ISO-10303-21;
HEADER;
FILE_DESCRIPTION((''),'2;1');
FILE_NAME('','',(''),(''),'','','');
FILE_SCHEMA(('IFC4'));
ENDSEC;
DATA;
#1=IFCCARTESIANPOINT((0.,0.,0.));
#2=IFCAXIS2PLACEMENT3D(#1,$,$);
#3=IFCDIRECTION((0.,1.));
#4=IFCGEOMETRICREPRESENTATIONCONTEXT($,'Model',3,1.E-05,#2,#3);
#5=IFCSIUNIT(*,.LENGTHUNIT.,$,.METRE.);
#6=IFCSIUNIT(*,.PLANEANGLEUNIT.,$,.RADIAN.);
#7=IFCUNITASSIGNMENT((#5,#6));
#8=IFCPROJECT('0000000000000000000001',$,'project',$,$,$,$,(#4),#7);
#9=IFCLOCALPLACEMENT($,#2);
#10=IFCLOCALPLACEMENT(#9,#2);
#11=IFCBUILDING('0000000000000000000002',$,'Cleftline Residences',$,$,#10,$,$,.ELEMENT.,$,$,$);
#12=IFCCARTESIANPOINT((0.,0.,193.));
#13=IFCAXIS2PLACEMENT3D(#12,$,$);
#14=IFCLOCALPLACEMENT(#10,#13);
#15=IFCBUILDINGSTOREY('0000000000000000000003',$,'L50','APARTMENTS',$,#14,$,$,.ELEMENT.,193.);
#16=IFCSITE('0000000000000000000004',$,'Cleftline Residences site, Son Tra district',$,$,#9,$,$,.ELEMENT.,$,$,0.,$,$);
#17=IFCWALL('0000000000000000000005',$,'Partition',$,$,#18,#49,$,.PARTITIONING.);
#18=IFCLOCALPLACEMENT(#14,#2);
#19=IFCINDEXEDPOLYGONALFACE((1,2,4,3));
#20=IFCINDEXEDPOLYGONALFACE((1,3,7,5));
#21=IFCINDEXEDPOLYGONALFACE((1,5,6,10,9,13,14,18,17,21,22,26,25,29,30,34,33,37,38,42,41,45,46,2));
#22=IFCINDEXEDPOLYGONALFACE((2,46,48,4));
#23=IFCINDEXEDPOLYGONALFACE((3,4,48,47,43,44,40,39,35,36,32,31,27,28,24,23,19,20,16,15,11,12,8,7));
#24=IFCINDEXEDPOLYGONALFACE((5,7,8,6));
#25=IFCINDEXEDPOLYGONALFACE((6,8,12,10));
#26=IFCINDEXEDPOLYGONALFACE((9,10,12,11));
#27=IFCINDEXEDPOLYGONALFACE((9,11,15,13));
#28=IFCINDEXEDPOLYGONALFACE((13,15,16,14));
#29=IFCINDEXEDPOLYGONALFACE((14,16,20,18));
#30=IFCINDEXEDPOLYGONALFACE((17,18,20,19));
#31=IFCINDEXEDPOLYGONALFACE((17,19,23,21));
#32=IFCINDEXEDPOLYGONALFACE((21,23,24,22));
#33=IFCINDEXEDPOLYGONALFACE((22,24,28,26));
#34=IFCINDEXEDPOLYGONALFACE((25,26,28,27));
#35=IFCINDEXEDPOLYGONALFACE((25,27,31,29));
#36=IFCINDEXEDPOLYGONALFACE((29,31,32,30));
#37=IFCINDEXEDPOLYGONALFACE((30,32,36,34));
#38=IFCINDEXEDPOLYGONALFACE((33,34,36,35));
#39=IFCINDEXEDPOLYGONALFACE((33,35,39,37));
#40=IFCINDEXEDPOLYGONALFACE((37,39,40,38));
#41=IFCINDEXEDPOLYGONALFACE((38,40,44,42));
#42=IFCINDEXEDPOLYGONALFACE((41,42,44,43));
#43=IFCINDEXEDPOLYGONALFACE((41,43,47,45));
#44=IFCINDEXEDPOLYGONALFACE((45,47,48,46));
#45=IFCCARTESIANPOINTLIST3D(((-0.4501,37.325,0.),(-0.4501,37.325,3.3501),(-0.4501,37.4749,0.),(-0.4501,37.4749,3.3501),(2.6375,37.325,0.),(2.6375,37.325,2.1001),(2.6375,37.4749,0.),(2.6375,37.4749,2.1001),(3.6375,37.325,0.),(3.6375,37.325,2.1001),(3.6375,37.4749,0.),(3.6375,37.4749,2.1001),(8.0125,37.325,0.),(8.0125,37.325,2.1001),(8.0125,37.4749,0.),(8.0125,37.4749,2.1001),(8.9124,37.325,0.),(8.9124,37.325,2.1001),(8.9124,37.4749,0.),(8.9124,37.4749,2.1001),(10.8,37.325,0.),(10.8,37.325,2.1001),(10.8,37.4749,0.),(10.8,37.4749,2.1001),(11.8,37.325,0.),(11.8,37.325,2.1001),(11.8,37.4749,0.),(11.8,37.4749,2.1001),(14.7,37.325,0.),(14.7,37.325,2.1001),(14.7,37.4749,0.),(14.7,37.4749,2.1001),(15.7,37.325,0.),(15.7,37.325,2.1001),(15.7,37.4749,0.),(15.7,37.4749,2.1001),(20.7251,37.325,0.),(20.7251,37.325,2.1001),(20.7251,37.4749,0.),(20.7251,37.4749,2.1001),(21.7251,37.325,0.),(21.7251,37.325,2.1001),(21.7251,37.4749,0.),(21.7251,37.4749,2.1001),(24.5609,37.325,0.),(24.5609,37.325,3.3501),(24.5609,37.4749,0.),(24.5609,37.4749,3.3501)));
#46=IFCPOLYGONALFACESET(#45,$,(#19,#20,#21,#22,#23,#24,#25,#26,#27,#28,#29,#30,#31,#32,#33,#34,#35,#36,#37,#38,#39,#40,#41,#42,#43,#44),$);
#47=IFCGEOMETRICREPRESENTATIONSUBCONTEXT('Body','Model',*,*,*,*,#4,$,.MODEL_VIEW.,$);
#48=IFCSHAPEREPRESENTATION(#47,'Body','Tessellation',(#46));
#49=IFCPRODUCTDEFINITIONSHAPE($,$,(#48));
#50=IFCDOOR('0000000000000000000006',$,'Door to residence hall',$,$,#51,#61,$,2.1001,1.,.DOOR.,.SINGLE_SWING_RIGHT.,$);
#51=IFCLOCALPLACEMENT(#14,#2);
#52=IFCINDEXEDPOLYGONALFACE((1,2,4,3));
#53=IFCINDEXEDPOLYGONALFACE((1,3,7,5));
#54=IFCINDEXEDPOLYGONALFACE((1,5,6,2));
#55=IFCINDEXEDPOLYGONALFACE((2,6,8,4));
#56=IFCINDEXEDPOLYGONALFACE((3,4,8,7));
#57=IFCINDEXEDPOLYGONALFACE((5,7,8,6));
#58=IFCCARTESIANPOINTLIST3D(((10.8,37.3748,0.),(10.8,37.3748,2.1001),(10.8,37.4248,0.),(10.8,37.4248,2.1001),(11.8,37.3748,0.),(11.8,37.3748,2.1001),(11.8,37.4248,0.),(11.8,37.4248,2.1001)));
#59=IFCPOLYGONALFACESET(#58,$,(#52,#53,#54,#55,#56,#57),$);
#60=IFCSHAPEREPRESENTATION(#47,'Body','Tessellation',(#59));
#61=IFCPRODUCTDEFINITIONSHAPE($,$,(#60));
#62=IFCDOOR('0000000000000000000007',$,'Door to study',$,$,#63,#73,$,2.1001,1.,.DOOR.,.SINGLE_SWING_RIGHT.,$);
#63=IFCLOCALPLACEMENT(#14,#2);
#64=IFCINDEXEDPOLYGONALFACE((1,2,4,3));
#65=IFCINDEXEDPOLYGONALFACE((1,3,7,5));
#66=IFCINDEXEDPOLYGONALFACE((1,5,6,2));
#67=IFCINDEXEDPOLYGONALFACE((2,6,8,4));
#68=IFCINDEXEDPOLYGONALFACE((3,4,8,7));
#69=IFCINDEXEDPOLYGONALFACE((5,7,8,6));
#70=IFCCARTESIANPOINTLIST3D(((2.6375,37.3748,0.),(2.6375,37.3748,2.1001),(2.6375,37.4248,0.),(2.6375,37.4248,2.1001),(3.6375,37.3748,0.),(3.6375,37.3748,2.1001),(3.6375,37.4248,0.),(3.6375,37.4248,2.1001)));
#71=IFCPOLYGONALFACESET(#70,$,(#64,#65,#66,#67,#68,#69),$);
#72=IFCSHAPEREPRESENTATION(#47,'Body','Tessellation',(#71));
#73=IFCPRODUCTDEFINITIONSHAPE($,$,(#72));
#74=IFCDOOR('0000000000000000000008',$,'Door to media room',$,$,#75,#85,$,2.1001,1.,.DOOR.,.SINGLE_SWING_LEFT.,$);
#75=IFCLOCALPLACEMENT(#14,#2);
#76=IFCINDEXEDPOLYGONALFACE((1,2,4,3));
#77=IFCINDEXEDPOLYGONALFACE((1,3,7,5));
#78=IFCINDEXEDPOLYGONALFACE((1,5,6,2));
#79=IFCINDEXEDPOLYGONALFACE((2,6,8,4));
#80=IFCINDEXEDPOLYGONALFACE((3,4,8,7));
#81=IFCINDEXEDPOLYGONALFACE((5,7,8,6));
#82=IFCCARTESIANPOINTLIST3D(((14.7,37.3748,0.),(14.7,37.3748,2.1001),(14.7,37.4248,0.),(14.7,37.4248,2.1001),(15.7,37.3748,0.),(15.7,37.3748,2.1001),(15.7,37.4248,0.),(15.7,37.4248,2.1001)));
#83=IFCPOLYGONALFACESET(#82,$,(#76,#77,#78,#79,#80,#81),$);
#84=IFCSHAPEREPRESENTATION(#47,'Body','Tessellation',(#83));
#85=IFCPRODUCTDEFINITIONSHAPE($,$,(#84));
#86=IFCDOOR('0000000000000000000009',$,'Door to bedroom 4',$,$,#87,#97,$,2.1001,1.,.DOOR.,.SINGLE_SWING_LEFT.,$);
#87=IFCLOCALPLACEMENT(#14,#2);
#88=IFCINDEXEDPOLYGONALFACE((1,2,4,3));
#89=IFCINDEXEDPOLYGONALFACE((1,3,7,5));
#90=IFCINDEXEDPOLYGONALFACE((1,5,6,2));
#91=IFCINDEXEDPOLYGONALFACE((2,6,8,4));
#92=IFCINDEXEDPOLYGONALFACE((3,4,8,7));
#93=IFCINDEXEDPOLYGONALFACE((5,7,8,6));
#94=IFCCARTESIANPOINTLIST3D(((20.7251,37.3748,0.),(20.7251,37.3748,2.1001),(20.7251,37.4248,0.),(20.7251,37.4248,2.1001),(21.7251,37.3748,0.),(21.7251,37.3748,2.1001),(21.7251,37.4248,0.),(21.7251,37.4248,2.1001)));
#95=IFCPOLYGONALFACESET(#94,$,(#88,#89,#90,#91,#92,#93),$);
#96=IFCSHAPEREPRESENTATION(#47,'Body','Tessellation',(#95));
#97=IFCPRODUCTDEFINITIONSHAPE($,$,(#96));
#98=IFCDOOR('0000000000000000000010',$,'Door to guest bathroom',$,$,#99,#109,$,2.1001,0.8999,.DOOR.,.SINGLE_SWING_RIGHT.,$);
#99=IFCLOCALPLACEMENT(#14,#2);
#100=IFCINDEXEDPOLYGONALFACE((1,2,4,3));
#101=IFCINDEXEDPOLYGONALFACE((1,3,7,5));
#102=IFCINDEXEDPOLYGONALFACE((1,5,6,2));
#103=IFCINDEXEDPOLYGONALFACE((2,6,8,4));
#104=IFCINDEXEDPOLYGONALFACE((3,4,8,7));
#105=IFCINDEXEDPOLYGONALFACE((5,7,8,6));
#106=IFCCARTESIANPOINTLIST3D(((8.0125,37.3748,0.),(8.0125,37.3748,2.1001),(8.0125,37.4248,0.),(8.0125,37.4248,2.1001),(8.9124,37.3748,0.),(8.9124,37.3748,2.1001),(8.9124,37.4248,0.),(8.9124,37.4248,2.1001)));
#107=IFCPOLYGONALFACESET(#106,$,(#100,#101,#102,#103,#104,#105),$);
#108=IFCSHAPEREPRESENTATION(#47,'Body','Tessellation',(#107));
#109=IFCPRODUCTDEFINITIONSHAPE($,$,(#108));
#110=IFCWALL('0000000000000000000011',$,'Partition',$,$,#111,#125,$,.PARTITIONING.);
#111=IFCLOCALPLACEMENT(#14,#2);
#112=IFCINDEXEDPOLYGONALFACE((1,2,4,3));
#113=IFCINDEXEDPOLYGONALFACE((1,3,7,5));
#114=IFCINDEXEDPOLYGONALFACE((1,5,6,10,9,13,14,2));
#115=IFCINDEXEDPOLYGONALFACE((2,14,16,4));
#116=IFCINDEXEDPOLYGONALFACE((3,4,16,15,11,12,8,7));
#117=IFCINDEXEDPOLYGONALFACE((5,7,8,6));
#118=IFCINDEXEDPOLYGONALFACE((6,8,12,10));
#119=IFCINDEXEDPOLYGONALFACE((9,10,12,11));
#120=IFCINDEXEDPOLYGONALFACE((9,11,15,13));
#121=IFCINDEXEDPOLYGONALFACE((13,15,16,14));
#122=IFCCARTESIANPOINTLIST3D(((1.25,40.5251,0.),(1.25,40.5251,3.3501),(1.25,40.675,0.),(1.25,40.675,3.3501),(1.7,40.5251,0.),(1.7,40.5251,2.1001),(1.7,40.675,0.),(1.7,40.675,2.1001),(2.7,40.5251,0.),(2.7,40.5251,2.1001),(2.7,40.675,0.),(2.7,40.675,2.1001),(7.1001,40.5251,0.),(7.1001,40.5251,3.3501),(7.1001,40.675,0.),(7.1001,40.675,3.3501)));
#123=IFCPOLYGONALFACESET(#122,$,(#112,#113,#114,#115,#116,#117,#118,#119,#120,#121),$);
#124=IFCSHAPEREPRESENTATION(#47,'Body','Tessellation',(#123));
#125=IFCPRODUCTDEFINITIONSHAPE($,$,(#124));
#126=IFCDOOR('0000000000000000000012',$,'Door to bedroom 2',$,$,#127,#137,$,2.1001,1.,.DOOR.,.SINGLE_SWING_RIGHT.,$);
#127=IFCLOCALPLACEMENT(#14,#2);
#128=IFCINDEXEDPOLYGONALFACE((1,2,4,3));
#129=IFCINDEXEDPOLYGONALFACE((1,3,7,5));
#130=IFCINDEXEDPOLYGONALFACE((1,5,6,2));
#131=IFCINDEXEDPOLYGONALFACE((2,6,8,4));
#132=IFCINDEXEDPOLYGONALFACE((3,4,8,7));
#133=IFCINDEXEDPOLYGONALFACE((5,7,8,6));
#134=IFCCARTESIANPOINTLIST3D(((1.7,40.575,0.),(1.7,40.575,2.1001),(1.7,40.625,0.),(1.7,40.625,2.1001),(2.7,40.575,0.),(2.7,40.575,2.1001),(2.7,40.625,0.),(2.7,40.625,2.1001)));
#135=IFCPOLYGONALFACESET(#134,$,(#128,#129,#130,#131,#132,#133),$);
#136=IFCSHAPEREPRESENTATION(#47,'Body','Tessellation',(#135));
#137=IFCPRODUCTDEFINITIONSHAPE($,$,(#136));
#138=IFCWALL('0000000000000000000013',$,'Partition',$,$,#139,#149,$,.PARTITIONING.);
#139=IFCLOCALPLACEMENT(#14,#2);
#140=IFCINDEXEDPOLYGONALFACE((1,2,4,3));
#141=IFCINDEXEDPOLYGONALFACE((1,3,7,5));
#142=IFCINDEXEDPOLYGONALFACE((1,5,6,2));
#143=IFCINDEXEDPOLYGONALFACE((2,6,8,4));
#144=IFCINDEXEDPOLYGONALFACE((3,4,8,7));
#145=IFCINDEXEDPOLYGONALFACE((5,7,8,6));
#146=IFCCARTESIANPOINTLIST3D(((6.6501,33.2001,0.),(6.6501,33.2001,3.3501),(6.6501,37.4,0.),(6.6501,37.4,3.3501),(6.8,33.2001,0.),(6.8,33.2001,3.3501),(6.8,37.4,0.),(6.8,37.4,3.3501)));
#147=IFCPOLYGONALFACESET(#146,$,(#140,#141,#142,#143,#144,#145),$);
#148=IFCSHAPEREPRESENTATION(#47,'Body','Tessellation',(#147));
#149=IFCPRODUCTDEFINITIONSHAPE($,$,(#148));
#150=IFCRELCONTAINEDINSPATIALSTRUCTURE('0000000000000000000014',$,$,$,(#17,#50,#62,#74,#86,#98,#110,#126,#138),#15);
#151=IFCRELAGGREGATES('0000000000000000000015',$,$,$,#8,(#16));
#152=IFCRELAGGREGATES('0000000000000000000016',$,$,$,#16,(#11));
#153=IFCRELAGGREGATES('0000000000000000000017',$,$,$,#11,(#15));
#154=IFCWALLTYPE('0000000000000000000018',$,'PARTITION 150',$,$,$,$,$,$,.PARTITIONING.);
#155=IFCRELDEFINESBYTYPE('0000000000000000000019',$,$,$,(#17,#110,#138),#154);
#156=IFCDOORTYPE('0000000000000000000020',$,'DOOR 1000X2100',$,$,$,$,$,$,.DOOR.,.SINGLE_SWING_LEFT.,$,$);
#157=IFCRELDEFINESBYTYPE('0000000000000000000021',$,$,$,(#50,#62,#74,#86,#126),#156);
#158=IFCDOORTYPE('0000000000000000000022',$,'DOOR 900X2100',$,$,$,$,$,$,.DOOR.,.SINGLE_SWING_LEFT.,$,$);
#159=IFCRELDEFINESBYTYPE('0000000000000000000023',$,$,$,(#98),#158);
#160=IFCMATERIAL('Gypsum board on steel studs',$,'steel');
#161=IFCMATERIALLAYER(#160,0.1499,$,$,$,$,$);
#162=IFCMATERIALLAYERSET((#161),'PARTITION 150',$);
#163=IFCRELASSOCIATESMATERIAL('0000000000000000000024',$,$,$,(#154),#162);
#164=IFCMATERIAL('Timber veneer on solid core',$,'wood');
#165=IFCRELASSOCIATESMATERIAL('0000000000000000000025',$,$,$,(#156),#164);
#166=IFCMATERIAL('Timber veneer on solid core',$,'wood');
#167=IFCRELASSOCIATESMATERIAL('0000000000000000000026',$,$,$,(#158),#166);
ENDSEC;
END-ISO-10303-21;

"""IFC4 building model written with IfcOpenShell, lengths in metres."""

from ifc_helpers import new_model, si_unit, direction, frame, frame_2d, origin, place, context, subcontext, project, spatial, rectangle, extrude, material, layer, layer_set, type_object, element, fill, save


model = new_model("IFC4")

# Units and contexts
model_context = context("Model", 3, precision=1e-05, world=origin(), true_north=direction((0.0, 1.0)))
body_context = subcontext(model_context, "Body", "Model", "MODEL_VIEW")
ifc_project = project(units=[si_unit("LENGTHUNIT", "METRE"), si_unit("PLANEANGLEUNIT", "RADIAN")], contexts=[model_context])

# Site, building, storey
site_placement = place(None, origin())
site = spatial("IfcSite", under=ifc_project, at=site_placement, Name="Cleftline Residences site, Son Tra district", CompositionType="ELEMENT", RefElevation=0.0)
building_placement = place(site_placement, origin())
building = spatial("IfcBuilding", under=site, at=building_placement, Name="Cleftline Residences", CompositionType="ELEMENT")
storey_placement = place(building_placement, frame((0.0, 0.0, 193.0)))
storey = spatial("IfcBuildingStorey", under=building, at=storey_placement, Name="L50", Description="APARTMENTS", CompositionType="ELEMENT", Elevation=193.0)

# Shared definitions
ifc_material_1 = material(Name="Gypsum board on steel studs", Category="steel")
ifc_layer = layer(ifc_material_1, 0.1499)
ifc_layer_set = layer_set([ifc_layer], Name="PARTITION 150")
wall_type = type_object("IfcWallType", Name="PARTITION 150", PredefinedType="PARTITIONING", material=ifc_layer_set)

# Wall, openings, doors
wall_1_placement = place(storey_placement, frame((-0.45, 37.3999, 0.0), z_axis=(0.0, 0.0, 1.0), x_axis=(1.0, 0.0, 0.0)))
wall_1 = element("IfcWall", 1, at=wall_1_placement, inside=storey, type_object=wall_type, Name="Partition", PredefinedType="PARTITIONING", context=body_context, shape_type="SweptSolid", body=[
    extrude(rectangle(XDim=25.011, YDim=0.1499, at=frame_2d((12.5054, 0.0))), origin(), (0.0, 0.0, 1.0), 3.3501),
])
opening_1_placement = place(wall_1_placement, frame((11.25, 0.0, 0.0)))
opening_1 = element("IfcOpeningElement", 2, at=opening_1_placement, cuts=wall_1, PredefinedType="OPENING", context=body_context, shape_type="SweptSolid", body=[
    extrude(rectangle(XDim=1.0, YDim=2.1001, at=frame_2d((0.5, 1.05))), frame((0.0, 0.085, 0.0), z_axis=(0.0, -1.0, 0.0), x_axis=(1.0, 0.0, 0.0)), (0.0, 0.0, 1.0), 0.1699),
])
opening_2_placement = place(wall_1_placement, frame((3.0874, 0.0, 0.0)))
opening_2 = element("IfcOpeningElement", 3, at=opening_2_placement, cuts=wall_1, PredefinedType="OPENING", context=body_context, shape_type="SweptSolid", body=[
    extrude(rectangle(XDim=1.0, YDim=2.1001, at=frame_2d((0.5, 1.05))), frame((0.0, 0.085, 0.0), z_axis=(0.0, -1.0, 0.0), x_axis=(1.0, 0.0, 0.0)), (0.0, 0.0, 1.0), 0.1699),
])
opening_3_placement = place(wall_1_placement, frame((8.4624, 0.0, 0.0)))
opening_3 = element("IfcOpeningElement", 4, at=opening_3_placement, cuts=wall_1, PredefinedType="OPENING", context=body_context, shape_type="SweptSolid", body=[
    extrude(rectangle(XDim=0.8999, YDim=2.1001, at=frame_2d((0.45, 1.05))), frame((0.0, 0.085, 0.0), z_axis=(0.0, -1.0, 0.0), x_axis=(1.0, 0.0, 0.0)), (0.0, 0.0, 1.0), 0.1699),
])
opening_4_placement = place(wall_1_placement, frame((15.1499, 0.0, 0.0)))
opening_4 = element("IfcOpeningElement", 5, at=opening_4_placement, cuts=wall_1, PredefinedType="OPENING", context=body_context, shape_type="SweptSolid", body=[
    extrude(rectangle(XDim=1.0, YDim=2.1001, at=frame_2d((0.5, 1.05))), frame((0.0, 0.085, 0.0), z_axis=(0.0, -1.0, 0.0), x_axis=(1.0, 0.0, 0.0)), (0.0, 0.0, 1.0), 0.1699),
])
opening_5_placement = place(wall_1_placement, frame((21.175, 0.0, 0.0)))
opening_5 = element("IfcOpeningElement", 6, at=opening_5_placement, cuts=wall_1, PredefinedType="OPENING", context=body_context, shape_type="SweptSolid", body=[
    extrude(rectangle(XDim=1.0, YDim=2.1001, at=frame_2d((0.5, 1.05))), frame((0.0, 0.085, 0.0), z_axis=(0.0, -1.0, 0.0), x_axis=(1.0, 0.0, 0.0)), (0.0, 0.0, 1.0), 0.1699),
])
ifc_material_2 = material(Name="Timber veneer on solid core", Category="wood")
door_type_1 = type_object("IfcDoorType", Name="DOOR 1000X2100", OperationType="SINGLE_SWING_LEFT", PredefinedType="DOOR", material=ifc_material_2)
door_1_placement = place(opening_1_placement, origin())
door_1 = element("IfcDoor", 7, at=door_1_placement, inside=storey, type_object=door_type_1, Name="Door to residence hall", OperationType="SINGLE_SWING_RIGHT", OverallHeight=2.1001, OverallWidth=1.0, PredefinedType="DOOR", context=body_context, shape_type="SweptSolid", body=[
    extrude(rectangle(XDim=1.0, YDim=2.1001, at=frame_2d((0.5, 1.05))), frame((0.0, 0.0249, 0.0), z_axis=(0.0, -1.0, 0.0), x_axis=(1.0, 0.0, 0.0)), (0.0, 0.0, 1.0), 0.05),
])
fill(opening_1, door_1)
door_2_placement = place(opening_2_placement, origin())
door_2 = element("IfcDoor", 8, at=door_2_placement, inside=storey, type_object=door_type_1, Name="Door to study", OperationType="SINGLE_SWING_RIGHT", OverallHeight=2.1001, OverallWidth=1.0, PredefinedType="DOOR", context=body_context, shape_type="SweptSolid", body=[
    extrude(rectangle(XDim=1.0, YDim=2.1001, at=frame_2d((0.5, 1.05))), frame((0.0, 0.0249, 0.0), z_axis=(0.0, -1.0, 0.0), x_axis=(1.0, 0.0, 0.0)), (0.0, 0.0, 1.0), 0.05),
])
fill(opening_2, door_2)
door_3_placement = place(opening_4_placement, origin())
door_3 = element("IfcDoor", 9, at=door_3_placement, inside=storey, type_object=door_type_1, Name="Door to media room", OperationType="SINGLE_SWING_LEFT", OverallHeight=2.1001, OverallWidth=1.0, PredefinedType="DOOR", context=body_context, shape_type="SweptSolid", body=[
    extrude(rectangle(XDim=1.0, YDim=2.1001, at=frame_2d((0.5, 1.05))), frame((0.0, 0.0249, 0.0), z_axis=(0.0, -1.0, 0.0), x_axis=(1.0, 0.0, 0.0)), (0.0, 0.0, 1.0), 0.05),
])
fill(opening_4, door_3)
door_4_placement = place(opening_5_placement, origin())
door_4 = element("IfcDoor", 10, at=door_4_placement, inside=storey, type_object=door_type_1, Name="Door to bedroom 4", OperationType="SINGLE_SWING_LEFT", OverallHeight=2.1001, OverallWidth=1.0, PredefinedType="DOOR", context=body_context, shape_type="SweptSolid", body=[
    extrude(rectangle(XDim=1.0, YDim=2.1001, at=frame_2d((0.5, 1.05))), frame((0.0, 0.0249, 0.0), z_axis=(0.0, -1.0, 0.0), x_axis=(1.0, 0.0, 0.0)), (0.0, 0.0, 1.0), 0.05),
])
fill(opening_5, door_4)
ifc_material_3 = material(Name="Timber veneer on solid core", Category="wood")
door_type_2 = type_object("IfcDoorType", Name="DOOR 900X2100", OperationType="SINGLE_SWING_LEFT", PredefinedType="DOOR", material=ifc_material_3)
door_5_placement = place(opening_3_placement, origin())
door_5 = element("IfcDoor", 11, at=door_5_placement, inside=storey, type_object=door_type_2, Name="Door to guest bathroom", OperationType="SINGLE_SWING_RIGHT", OverallHeight=2.1001, OverallWidth=0.8999, PredefinedType="DOOR", context=body_context, shape_type="SweptSolid", body=[
    extrude(rectangle(XDim=0.8999, YDim=2.1001, at=frame_2d((0.45, 1.05))), frame((0.0, 0.0249, 0.0), z_axis=(0.0, -1.0, 0.0), x_axis=(1.0, 0.0, 0.0)), (0.0, 0.0, 1.0), 0.05),
])
fill(opening_3, door_5)

# Wall, opening, door
wall_2_placement = place(storey_placement, frame((1.25, 40.6001, 0.0), z_axis=(0.0, 0.0, 1.0), x_axis=(1.0, 0.0, 0.0)))
wall_2 = element("IfcWall", 12, at=wall_2_placement, inside=storey, type_object=wall_type, Name="Partition", PredefinedType="PARTITIONING", context=body_context, shape_type="SweptSolid", body=[
    extrude(rectangle(XDim=5.8501, YDim=0.1499, at=frame_2d((2.925, 0.0))), origin(), (0.0, 0.0, 1.0), 3.3501),
])
opening_6_placement = place(wall_2_placement, frame((0.45, 0.0, 0.0)))
opening_6 = element("IfcOpeningElement", 13, at=opening_6_placement, cuts=wall_2, PredefinedType="OPENING", context=body_context, shape_type="SweptSolid", body=[
    extrude(rectangle(XDim=1.0, YDim=2.1001, at=frame_2d((0.5, 1.05))), frame((0.0, 0.085, 0.0), z_axis=(0.0, -1.0, 0.0), x_axis=(1.0, 0.0, 0.0)), (0.0, 0.0, 1.0), 0.1699),
])
door_6_placement = place(opening_6_placement, origin())
door_6 = element("IfcDoor", 14, at=door_6_placement, inside=storey, type_object=door_type_1, Name="Door to bedroom 2", OperationType="SINGLE_SWING_RIGHT", OverallHeight=2.1001, OverallWidth=1.0, PredefinedType="DOOR", context=body_context, shape_type="SweptSolid", body=[
    extrude(rectangle(XDim=1.0, YDim=2.1001, at=frame_2d((0.5, 1.05))), frame((0.0, 0.0249, 0.0), z_axis=(0.0, -1.0, 0.0), x_axis=(1.0, 0.0, 0.0)), (0.0, 0.0, 1.0), 0.05),
])
fill(opening_6, door_6)

# Wall
wall_3_placement = place(storey_placement, frame((6.7251, 33.2, 0.0), z_axis=(0.0, 0.0, 1.0), x_axis=(0.0, 1.0, 0.0)))
element("IfcWall", 15, at=wall_3_placement, inside=storey, type_object=wall_type, Name="Partition", PredefinedType="PARTITIONING", context=body_context, shape_type="SweptSolid", body=[
    extrude(rectangle(XDim=4.2, YDim=0.1499, at=frame_2d((2.1001, 0.0))), origin(), (0.0, 0.0, 1.0), 3.3501),
])

save(model, "model.ifc")
